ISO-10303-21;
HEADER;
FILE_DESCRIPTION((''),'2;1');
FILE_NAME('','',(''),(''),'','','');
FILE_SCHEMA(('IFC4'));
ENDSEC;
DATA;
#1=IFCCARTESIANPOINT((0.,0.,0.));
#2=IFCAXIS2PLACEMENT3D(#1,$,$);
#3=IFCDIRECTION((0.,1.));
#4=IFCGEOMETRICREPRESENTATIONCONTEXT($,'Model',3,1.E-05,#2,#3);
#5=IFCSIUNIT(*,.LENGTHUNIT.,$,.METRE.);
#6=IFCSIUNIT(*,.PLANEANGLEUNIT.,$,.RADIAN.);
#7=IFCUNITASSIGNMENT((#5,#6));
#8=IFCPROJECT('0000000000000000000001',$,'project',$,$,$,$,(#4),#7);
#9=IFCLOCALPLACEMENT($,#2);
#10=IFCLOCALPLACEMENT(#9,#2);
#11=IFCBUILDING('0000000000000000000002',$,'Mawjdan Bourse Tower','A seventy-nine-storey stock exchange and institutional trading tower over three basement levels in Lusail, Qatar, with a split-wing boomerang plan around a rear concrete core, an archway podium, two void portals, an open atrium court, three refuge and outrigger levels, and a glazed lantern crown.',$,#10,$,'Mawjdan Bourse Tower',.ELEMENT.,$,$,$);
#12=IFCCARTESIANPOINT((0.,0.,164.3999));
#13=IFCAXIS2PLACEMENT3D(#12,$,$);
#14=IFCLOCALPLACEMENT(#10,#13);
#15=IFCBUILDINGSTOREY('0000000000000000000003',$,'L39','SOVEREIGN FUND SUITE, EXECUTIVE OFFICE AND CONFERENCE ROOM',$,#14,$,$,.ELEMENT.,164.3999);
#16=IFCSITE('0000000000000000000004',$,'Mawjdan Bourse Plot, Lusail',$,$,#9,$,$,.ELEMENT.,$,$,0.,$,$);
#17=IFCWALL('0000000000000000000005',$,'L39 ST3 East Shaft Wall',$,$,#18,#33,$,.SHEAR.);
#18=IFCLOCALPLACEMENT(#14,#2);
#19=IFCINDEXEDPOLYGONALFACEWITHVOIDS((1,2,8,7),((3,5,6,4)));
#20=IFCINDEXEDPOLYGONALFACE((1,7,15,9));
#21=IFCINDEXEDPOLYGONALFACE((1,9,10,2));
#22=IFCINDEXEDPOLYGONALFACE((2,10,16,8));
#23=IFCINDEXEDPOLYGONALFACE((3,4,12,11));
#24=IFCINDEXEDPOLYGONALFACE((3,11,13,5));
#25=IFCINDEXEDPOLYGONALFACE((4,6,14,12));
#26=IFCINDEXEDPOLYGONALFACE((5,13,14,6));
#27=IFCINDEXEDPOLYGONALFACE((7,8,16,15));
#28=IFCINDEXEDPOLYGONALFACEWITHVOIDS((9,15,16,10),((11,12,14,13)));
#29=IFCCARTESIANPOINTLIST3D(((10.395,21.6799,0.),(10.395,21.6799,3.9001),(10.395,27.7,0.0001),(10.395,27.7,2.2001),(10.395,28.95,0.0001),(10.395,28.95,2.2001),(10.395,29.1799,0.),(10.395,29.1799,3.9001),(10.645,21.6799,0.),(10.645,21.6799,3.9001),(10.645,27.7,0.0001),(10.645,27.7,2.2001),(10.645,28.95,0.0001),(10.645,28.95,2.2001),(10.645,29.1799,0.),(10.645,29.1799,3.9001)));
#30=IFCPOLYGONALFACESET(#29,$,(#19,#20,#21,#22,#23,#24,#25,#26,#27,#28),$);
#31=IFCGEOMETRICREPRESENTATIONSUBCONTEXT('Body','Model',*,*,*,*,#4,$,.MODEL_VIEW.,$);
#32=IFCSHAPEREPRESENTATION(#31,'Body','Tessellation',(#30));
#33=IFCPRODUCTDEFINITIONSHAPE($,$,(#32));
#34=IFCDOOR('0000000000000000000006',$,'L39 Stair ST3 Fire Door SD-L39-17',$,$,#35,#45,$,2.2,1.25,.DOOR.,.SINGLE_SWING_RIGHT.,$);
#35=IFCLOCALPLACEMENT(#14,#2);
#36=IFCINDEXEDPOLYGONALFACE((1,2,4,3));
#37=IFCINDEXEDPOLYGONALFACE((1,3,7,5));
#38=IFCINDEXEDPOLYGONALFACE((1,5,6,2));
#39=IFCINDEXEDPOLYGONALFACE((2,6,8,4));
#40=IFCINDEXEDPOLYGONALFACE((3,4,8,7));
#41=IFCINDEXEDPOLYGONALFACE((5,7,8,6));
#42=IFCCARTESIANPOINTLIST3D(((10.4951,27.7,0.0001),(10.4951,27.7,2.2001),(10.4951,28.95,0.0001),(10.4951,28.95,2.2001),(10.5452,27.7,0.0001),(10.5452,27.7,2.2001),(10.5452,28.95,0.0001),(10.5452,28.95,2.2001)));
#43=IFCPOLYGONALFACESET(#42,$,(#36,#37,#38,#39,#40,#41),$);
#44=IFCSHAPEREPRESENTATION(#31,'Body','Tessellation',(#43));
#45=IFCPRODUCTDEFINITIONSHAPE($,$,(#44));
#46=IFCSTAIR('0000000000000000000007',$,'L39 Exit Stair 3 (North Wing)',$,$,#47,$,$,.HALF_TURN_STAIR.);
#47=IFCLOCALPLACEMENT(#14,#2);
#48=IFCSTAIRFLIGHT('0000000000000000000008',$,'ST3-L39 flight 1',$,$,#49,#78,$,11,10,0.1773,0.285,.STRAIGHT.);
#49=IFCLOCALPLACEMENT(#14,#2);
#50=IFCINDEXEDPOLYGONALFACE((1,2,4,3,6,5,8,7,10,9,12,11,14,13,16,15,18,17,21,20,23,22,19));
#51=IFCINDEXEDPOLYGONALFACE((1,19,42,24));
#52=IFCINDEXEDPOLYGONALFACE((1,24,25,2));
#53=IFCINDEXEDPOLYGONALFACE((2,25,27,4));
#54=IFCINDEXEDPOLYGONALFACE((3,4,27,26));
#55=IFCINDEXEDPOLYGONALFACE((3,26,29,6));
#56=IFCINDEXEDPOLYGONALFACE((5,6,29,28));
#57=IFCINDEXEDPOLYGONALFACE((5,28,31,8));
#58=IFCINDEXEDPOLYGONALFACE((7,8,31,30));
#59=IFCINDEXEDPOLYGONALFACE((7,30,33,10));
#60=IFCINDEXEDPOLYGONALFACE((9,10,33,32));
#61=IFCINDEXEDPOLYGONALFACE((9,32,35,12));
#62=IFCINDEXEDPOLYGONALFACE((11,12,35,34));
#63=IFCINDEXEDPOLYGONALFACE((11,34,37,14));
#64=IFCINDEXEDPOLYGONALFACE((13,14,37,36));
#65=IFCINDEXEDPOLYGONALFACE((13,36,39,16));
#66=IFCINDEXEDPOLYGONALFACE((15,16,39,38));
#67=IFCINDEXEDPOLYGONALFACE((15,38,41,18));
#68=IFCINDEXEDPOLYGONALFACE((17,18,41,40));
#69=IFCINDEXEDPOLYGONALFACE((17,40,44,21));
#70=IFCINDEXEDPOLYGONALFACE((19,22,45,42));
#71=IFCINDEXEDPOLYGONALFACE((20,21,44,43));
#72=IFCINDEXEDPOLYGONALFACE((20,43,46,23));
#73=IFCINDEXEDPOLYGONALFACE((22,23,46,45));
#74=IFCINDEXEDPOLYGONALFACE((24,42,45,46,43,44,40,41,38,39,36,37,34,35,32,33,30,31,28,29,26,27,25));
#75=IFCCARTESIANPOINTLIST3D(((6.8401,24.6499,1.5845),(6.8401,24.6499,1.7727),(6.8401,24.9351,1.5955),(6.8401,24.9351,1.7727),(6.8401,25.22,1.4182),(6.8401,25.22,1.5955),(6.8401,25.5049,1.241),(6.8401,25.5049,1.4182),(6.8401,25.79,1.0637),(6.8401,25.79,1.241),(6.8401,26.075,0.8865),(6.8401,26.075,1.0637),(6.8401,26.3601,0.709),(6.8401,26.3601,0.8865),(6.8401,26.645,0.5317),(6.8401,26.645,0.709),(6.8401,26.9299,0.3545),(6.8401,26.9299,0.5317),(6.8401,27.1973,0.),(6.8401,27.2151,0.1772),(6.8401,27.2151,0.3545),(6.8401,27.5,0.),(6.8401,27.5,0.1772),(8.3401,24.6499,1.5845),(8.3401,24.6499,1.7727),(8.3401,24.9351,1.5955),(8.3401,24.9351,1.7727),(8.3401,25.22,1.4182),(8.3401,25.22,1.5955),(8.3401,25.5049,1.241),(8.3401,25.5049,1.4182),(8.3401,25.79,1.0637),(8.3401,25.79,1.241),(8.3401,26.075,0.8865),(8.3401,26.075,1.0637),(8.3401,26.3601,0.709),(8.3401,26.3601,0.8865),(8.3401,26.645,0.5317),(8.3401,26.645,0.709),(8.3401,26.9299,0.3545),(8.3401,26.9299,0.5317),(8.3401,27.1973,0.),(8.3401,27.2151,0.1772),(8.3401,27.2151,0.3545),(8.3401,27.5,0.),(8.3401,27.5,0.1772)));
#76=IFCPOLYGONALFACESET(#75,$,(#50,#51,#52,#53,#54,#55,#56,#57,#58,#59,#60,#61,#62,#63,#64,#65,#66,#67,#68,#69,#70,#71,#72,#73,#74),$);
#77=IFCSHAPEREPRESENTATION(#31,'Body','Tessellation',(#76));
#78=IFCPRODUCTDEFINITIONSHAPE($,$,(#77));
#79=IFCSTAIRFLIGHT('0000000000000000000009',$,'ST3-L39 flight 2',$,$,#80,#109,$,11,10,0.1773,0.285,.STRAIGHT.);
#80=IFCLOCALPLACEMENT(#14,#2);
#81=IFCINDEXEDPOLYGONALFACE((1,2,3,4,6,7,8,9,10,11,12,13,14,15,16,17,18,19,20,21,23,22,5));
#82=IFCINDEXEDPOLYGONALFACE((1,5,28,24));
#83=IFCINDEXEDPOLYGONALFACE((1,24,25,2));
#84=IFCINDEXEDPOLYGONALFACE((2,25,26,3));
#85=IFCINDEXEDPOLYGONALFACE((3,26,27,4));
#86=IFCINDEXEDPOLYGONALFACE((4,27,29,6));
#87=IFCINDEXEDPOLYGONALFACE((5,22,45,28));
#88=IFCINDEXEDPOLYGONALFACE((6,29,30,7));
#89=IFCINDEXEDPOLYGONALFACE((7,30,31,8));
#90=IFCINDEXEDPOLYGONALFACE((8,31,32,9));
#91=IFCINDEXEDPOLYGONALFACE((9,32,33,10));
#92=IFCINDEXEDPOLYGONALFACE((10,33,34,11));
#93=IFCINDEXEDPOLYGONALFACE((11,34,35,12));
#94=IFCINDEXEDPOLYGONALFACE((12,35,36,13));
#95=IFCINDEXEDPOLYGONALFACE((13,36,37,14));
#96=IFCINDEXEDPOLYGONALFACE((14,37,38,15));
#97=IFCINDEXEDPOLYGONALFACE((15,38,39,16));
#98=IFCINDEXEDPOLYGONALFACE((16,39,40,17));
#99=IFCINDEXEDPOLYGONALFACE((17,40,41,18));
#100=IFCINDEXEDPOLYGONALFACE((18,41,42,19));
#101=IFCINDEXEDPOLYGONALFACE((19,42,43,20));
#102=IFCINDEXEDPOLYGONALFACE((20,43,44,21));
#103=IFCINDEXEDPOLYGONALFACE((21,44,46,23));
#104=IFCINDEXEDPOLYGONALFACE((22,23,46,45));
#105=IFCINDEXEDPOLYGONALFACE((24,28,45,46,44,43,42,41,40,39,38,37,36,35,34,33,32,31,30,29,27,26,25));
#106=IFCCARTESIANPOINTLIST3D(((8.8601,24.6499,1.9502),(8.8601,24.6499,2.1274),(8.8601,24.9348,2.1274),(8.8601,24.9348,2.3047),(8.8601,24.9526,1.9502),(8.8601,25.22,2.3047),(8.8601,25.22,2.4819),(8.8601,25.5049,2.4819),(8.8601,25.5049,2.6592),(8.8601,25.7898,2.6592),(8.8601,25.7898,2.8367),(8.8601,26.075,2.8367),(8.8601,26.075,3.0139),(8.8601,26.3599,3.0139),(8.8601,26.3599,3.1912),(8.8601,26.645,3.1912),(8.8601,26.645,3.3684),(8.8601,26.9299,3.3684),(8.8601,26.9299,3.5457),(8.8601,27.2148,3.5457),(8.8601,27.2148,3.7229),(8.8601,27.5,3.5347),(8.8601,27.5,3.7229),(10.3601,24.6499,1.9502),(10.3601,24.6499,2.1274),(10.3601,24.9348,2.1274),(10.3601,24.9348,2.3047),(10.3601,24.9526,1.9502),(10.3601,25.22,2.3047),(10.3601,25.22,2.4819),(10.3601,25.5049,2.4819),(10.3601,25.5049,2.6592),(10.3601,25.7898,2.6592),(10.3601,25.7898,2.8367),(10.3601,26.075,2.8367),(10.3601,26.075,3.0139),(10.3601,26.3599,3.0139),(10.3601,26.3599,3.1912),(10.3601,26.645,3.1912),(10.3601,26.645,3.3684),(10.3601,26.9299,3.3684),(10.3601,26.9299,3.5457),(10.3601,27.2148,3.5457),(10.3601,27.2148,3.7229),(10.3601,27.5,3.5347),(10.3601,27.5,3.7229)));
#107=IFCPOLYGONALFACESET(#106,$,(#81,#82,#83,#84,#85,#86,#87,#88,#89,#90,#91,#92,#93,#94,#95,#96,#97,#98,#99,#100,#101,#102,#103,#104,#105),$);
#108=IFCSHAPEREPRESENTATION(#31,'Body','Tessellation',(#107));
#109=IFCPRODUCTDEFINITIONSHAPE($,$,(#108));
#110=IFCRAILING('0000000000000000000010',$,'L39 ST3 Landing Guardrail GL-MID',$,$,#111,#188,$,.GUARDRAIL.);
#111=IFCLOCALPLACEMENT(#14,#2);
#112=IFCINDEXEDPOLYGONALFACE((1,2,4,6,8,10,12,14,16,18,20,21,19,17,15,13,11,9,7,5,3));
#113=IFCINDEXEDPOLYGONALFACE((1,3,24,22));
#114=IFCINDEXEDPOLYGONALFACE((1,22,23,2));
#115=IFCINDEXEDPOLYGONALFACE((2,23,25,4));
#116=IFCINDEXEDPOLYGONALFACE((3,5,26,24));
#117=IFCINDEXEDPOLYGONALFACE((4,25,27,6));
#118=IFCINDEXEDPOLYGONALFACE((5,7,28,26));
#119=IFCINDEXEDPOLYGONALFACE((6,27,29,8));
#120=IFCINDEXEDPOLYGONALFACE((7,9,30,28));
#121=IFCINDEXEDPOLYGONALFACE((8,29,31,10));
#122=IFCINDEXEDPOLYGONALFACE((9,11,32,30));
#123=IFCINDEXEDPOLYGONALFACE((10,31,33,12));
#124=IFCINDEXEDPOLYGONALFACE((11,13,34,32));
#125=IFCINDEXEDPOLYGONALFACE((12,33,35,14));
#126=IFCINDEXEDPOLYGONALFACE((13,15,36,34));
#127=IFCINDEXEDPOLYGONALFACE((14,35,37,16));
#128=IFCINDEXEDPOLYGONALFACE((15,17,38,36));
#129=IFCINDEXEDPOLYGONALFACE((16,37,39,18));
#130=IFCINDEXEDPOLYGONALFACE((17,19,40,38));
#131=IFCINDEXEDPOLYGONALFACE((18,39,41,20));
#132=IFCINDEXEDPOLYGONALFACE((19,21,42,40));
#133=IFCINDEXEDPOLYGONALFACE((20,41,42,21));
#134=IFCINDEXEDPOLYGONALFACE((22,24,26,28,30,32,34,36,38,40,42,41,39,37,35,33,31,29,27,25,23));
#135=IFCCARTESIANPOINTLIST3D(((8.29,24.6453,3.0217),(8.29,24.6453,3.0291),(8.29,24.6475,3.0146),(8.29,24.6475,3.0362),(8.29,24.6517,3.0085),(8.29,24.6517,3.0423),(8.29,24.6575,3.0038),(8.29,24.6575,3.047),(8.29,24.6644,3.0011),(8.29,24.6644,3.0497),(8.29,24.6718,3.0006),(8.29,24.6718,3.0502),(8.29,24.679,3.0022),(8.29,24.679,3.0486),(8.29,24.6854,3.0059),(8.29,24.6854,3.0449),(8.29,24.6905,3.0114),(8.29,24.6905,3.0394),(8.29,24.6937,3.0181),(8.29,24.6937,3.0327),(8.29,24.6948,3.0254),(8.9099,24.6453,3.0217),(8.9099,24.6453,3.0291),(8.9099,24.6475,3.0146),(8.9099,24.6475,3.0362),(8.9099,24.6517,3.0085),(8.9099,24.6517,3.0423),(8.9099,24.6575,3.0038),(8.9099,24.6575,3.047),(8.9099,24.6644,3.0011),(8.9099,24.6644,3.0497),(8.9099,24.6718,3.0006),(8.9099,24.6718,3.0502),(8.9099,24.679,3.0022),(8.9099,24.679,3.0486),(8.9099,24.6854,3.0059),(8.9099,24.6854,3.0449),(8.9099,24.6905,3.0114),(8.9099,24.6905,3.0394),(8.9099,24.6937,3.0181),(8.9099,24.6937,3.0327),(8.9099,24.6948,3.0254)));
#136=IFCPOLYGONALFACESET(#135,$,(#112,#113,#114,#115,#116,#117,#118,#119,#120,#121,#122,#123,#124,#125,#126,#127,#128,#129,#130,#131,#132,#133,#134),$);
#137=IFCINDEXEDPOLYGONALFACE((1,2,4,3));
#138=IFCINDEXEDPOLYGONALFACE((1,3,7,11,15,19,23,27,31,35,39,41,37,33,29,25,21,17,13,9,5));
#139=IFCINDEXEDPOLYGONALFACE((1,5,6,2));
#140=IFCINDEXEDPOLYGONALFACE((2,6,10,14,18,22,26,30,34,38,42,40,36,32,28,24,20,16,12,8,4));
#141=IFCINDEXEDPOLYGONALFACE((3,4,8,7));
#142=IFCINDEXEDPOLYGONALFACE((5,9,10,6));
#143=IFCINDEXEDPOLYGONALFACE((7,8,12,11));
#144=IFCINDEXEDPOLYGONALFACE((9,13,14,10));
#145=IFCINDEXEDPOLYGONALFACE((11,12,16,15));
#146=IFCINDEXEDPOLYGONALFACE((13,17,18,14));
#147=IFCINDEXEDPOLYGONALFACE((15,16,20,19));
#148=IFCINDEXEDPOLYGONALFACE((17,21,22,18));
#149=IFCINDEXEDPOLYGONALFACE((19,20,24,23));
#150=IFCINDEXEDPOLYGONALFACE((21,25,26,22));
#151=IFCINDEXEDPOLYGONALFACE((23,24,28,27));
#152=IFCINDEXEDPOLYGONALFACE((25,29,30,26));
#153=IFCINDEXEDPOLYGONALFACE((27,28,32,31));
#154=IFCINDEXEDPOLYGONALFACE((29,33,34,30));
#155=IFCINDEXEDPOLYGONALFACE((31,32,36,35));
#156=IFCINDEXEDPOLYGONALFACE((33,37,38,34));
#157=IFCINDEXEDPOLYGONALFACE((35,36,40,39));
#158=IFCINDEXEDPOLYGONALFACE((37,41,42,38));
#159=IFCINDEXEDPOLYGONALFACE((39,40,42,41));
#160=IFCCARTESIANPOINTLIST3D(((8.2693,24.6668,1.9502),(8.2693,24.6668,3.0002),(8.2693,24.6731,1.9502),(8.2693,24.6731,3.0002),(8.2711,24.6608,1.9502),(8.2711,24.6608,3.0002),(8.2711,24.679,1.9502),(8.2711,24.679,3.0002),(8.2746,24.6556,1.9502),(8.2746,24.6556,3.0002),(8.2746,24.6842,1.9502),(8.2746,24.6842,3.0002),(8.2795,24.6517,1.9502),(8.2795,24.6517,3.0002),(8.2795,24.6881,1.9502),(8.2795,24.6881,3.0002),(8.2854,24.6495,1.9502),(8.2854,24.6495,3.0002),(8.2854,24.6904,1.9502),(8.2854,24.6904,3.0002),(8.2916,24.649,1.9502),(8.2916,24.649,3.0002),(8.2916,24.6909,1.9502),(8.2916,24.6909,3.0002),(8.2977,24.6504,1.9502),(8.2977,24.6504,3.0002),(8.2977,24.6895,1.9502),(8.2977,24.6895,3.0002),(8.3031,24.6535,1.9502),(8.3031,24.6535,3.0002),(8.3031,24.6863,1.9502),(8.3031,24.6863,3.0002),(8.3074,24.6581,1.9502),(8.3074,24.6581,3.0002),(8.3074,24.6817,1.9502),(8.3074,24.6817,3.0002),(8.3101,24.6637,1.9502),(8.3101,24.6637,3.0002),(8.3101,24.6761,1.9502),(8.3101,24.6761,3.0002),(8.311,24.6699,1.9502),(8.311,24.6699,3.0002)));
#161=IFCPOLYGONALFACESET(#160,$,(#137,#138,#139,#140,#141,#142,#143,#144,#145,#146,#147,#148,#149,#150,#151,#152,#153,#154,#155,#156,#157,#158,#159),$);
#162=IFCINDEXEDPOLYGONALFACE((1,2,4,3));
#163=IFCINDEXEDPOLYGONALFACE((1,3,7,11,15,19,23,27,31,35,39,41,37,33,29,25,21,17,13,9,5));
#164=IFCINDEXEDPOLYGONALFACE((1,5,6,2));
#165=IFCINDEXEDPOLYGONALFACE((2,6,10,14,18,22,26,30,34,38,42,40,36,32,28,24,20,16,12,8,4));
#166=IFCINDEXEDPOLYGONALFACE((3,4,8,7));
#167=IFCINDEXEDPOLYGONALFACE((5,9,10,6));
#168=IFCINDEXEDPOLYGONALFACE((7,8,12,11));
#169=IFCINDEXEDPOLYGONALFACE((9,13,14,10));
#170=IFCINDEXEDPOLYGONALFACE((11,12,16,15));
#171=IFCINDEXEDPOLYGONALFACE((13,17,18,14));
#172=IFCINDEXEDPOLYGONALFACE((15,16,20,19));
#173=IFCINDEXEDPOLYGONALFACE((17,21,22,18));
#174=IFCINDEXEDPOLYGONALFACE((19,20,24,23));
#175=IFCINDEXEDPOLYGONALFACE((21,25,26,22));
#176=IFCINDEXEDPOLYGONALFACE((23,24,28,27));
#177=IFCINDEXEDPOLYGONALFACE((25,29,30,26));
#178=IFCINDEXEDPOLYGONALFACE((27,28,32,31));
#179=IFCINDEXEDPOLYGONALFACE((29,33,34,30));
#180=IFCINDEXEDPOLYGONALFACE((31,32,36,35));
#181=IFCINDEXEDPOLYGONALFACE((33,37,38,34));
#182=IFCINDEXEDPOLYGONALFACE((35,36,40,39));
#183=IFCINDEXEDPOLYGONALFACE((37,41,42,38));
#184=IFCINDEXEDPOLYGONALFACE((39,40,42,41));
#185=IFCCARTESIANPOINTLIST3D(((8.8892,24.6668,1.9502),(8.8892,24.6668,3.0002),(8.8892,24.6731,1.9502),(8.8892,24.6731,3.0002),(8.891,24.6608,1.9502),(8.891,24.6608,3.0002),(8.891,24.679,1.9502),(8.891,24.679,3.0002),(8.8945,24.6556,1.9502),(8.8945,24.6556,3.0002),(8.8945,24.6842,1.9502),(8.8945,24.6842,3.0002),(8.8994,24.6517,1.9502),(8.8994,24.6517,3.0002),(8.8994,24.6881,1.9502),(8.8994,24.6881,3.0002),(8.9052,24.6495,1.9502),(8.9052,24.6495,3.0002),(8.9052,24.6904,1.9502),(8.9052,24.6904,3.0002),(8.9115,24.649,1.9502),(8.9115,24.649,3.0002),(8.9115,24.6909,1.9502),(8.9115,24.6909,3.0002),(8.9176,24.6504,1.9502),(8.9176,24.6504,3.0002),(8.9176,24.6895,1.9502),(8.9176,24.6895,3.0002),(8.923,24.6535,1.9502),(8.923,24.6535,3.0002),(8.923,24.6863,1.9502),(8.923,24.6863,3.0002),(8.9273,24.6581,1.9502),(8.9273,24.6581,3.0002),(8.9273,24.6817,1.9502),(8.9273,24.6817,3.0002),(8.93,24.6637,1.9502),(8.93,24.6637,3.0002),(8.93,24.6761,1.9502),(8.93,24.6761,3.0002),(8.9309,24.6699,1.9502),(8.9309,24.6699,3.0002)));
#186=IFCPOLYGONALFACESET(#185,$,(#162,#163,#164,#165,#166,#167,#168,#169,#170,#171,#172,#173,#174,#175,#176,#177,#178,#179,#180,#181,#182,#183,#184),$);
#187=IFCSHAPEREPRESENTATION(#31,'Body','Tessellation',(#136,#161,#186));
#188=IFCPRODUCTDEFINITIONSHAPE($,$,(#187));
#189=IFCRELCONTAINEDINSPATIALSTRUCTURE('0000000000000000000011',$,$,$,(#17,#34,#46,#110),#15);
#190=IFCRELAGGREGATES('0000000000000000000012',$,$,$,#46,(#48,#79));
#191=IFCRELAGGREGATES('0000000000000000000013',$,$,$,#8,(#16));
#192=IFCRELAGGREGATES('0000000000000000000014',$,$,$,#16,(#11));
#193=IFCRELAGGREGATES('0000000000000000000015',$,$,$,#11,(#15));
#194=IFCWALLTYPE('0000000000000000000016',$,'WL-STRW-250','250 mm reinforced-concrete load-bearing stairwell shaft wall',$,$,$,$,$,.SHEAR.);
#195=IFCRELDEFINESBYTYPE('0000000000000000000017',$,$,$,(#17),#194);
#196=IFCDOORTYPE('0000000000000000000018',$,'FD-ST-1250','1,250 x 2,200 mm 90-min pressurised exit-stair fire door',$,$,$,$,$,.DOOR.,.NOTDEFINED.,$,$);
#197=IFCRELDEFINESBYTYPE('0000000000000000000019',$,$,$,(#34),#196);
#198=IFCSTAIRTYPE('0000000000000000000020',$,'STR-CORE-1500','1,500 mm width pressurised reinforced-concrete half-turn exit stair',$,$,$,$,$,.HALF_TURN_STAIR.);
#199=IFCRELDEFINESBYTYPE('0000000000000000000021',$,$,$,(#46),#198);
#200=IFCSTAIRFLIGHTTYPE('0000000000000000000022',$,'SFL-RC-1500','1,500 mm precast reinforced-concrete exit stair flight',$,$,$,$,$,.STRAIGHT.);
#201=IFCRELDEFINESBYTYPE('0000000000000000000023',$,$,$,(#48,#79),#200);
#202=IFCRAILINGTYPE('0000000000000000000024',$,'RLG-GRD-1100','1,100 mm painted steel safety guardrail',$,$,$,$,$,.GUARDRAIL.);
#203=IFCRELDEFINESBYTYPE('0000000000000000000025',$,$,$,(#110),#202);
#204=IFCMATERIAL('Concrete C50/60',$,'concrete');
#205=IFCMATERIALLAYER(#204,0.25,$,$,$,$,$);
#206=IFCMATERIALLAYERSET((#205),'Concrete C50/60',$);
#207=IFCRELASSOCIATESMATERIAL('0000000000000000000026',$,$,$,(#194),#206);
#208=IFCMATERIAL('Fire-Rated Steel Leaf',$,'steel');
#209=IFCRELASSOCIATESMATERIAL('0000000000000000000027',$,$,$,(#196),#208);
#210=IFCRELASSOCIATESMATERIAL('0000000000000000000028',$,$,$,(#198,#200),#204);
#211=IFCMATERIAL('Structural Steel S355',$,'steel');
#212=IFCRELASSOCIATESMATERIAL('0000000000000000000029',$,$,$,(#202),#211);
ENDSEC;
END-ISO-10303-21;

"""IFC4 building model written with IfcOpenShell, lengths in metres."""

from ifc_helpers import new_model, si_unit, direction, frame, frame_2d, origin, origin_2d, place, context, subcontext, project, spatial, polyline, rectangle, circle, outline, extrude, material, layer, layer_set, type_object, element, fill, aggregate, save


model = new_model("IFC4")

# Units and contexts
model_context = context("Model", 3, precision=1e-05, world=origin(), true_north=direction((0.0, 1.0)))
body_context = subcontext(model_context, "Body", "Model", "MODEL_VIEW")
ifc_project = project(units=[si_unit("LENGTHUNIT", "METRE"), si_unit("PLANEANGLEUNIT", "RADIAN")], contexts=[model_context])

# Site, building, storey
site_placement = place(None, origin())
site = spatial("IfcSite", under=ifc_project, at=site_placement, Name="Mawjdan Bourse Plot, Lusail", CompositionType="ELEMENT", RefElevation=0.0)
building_placement = place(site_placement, origin())
building = spatial("IfcBuilding", under=site, at=building_placement, Name="Mawjdan Bourse Tower", Description="A seventy-nine-storey stock exchange and institutional trading tower over three basement levels in Lusail, Qatar, with a split-wing boomerang plan around a rear concrete core, an archway podium, two void portals, an open atrium court, three refuge and outrigger levels, and a glazed lantern crown.", LongName="Mawjdan Bourse Tower", CompositionType="ELEMENT")
storey_placement = place(building_placement, frame((0.0, 0.0, 164.3999)))
storey = spatial("IfcBuildingStorey", under=building, at=storey_placement, Name="L39", Description="SOVEREIGN FUND SUITE, EXECUTIVE OFFICE AND CONFERENCE ROOM", CompositionType="ELEMENT", Elevation=164.3999)

# Shared definitions
ifc_material_1 = material(Name="Structural Steel S355", Category="steel")

# Shared definitions
ifc_material_2 = material(Name="Concrete C50/60", Category="concrete")
ifc_layer_1 = layer(ifc_material_2, 0.25)
ifc_layer_set_1 = layer_set([ifc_layer_1], Name="Concrete C50/60")
wall_type_1 = type_object("IfcWallType", Name="WL-STRW-250", Description="250 mm reinforced-concrete load-bearing stairwell shaft wall", PredefinedType="SHEAR", material=ifc_layer_set_1)

# Wall, opening, door
wall_1_placement = place(storey_placement, frame((10.52, 21.6799, 0.0), z_axis=(0.0, 0.0, 1.0), x_axis=(0.0, 1.0, 0.0)))
wall_1 = element("IfcWall", 1, at=wall_1_placement, inside=storey, type_object=wall_type_1, Name="L39 ST3 East Shaft Wall", PredefinedType="SHEAR", context=body_context, shape_type="SweptSolid", body=[
    extrude(rectangle(XDim=7.5, YDim=0.25, at=frame_2d((3.75, 0.0))), origin(), (0.0, 0.0, 1.0), 3.9001),
])
opening_1_placement = place(wall_1_placement, frame((6.02, 0.0, 0.0)))
opening_1 = element("IfcOpeningElement", 2, at=opening_1_placement, cuts=wall_1, PredefinedType="OPENING", context=body_context, shape_type="SweptSolid", body=[
    extrude(rectangle(XDim=1.25, YDim=2.2, at=frame_2d((0.625, 1.1001))), frame((0.0, 0.135, 0.0), z_axis=(0.0, -1.0, 0.0), x_axis=(1.0, 0.0, 0.0)), (0.0, 0.0, 1.0), 0.27),
])
ifc_material_3 = material(Name="Fire-Rated Steel Leaf", Category="steel")
door_type_1 = type_object("IfcDoorType", Name="FD-ST-1250", Description="1,250 x 2,200 mm 90-min pressurised exit-stair fire door", OperationType="NOTDEFINED", PredefinedType="DOOR", material=ifc_material_3)
door_1_placement = place(opening_1_placement, origin())
door_1 = element("IfcDoor", 3, at=door_1_placement, inside=storey, type_object=door_type_1, Name="L39 Stair ST3 Fire Door SD-L39-17", OperationType="SINGLE_SWING_RIGHT", OverallHeight=2.2, OverallWidth=1.25, PredefinedType="DOOR", context=body_context, shape_type="SweptSolid", body=[
    extrude(rectangle(XDim=1.25, YDim=2.2, at=frame_2d((0.625, 1.1001))), frame((0.0, 0.0249, 0.0), z_axis=(0.0, -1.0, 0.0), x_axis=(1.0, 0.0, 0.0)), (0.0, 0.0, 1.0), 0.05),
])
fill(opening_1, door_1)

# Stair, stair flights
stair_type = type_object("IfcStairType", Name="STR-CORE-1500", Description="1,500 mm width pressurised reinforced-concrete half-turn exit stair", PredefinedType="HALF_TURN_STAIR", material=ifc_material_2)
stair_placement = place(storey_placement, origin())
stair = element("IfcStair", 4, at=stair_placement, inside=storey, type_object=stair_type, Name="L39 Exit Stair 3 (North Wing)", PredefinedType="HALF_TURN_STAIR")
stair_flight_type = type_object("IfcStairFlightType", Name="SFL-RC-1500", Description="1,500 mm precast reinforced-concrete exit stair flight", PredefinedType="STRAIGHT", material=ifc_material_2)
stair_flight_1_placement = place(storey_placement, frame((7.5901, 27.5, 0.0), z_axis=(0.0, 0.0, 1.0), x_axis=(0.0, -1.0, 0.0)))
stair_flight_1 = element("IfcStairFlight", 5, at=stair_flight_1_placement, type_object=stair_flight_type, Name="ST3-L39 flight 1", NumberOfRisers=11, NumberOfTreads=10, PredefinedType="STRAIGHT", RiserHeight=0.1773, TreadLength=0.285, context=body_context, shape_type="SweptSolid", body=[
    extrude(outline(polyline([(0.0, 0.0), (0.0, 0.1772), (0.2849, 0.1772), (0.2849, 0.3545), (0.5701, 0.3545), (0.5701, 0.5317), (0.855, 0.5317), (0.855, 0.709), (1.1399, 0.709), (1.1399, 0.8865), (1.425, 0.8865), (1.425, 1.0637), (1.71, 1.0637), (1.71, 1.241), (1.9951, 1.241), (1.9951, 1.4182), (2.28, 1.4182), (2.28, 1.5955), (2.5649, 1.5955), (2.5649, 1.7727), (2.8501, 1.7727), (2.8501, 1.95), (2.8501, 1.5845), (0.3027, 0.0), (0.0, 0.0)])), frame((0.0, 0.75, 0.0), z_axis=(0.0, -1.0, 0.0), x_axis=(1.0, 0.0, 0.0)), (0.0, 0.0, 1.0), 1.5),
])
stair_flight_2_placement = place(storey_placement, frame((9.6101, 24.6499, 1.9502), z_axis=(0.0, 0.0, 1.0), x_axis=(0.0, 1.0, 0.0)))
stair_flight_2 = element("IfcStairFlight", 6, at=stair_flight_2_placement, type_object=stair_flight_type, Name="ST3-L39 flight 2", NumberOfRisers=11, NumberOfTreads=10, PredefinedType="STRAIGHT", RiserHeight=0.1773, TreadLength=0.285, context=body_context, shape_type="SweptSolid", body=[
    extrude(outline(polyline([(0.0, 0.0), (0.0, 0.1772), (0.2849, 0.1772), (0.2849, 0.3545), (0.5701, 0.3545), (0.5701, 0.5317), (0.855, 0.5317), (0.855, 0.709), (1.1399, 0.709), (1.1399, 0.8865), (1.425, 0.8865), (1.425, 1.0637), (1.71, 1.0637), (1.71, 1.241), (1.9951, 1.241), (1.9951, 1.4182), (2.28, 1.4182), (2.28, 1.5955), (2.5649, 1.5955), (2.5649, 1.7727), (2.8501, 1.7727), (2.8501, 1.95), (2.8501, 1.5845), (0.3027, 0.0), (0.0, 0.0)])), frame((0.0, 0.75, 0.0), z_axis=(0.0, -1.0, 0.0), x_axis=(1.0, 0.0, 0.0)), (0.0, 0.0, 1.0), 1.5),
])
aggregate(stair, [stair_flight_1, stair_flight_2])

# Railing
railing_type_1 = type_object("IfcRailingType", Name="RLG-GRD-1100", Description="1,100 mm painted steel safety guardrail", PredefinedType="GUARDRAIL", material=ifc_material_1)
for number, where, name in (
    (7, (8.29, 24.6699, 1.9502), "L39 ST3 Landing Guardrail GL-MID"),
):
    element("IfcRailing", number, at=place(storey_placement, frame(where)), inside=storey, type_object=railing_type_1, Name=name, PredefinedType="GUARDRAIL", context=body_context, shape_type="SweptSolid", body=[
        extrude(circle(Radius=0.0249, at=origin_2d()), frame((0.0, 0.0, 1.0752), z_axis=(1.0, 0.0, 0.0), x_axis=(0.0, 1.0, 0.0)), (0.0, 0.0, 1.0), 0.6199),
        extrude(circle(Radius=0.021, at=origin_2d()), origin(), (0.0, 0.0, 1.0), 1.05),
        extrude(circle(Radius=0.021, at=origin_2d()), frame((0.6199, 0.0, 0.0)), (0.0, 0.0, 1.0), 1.05),
    ])

save(model, "model.ifc")
